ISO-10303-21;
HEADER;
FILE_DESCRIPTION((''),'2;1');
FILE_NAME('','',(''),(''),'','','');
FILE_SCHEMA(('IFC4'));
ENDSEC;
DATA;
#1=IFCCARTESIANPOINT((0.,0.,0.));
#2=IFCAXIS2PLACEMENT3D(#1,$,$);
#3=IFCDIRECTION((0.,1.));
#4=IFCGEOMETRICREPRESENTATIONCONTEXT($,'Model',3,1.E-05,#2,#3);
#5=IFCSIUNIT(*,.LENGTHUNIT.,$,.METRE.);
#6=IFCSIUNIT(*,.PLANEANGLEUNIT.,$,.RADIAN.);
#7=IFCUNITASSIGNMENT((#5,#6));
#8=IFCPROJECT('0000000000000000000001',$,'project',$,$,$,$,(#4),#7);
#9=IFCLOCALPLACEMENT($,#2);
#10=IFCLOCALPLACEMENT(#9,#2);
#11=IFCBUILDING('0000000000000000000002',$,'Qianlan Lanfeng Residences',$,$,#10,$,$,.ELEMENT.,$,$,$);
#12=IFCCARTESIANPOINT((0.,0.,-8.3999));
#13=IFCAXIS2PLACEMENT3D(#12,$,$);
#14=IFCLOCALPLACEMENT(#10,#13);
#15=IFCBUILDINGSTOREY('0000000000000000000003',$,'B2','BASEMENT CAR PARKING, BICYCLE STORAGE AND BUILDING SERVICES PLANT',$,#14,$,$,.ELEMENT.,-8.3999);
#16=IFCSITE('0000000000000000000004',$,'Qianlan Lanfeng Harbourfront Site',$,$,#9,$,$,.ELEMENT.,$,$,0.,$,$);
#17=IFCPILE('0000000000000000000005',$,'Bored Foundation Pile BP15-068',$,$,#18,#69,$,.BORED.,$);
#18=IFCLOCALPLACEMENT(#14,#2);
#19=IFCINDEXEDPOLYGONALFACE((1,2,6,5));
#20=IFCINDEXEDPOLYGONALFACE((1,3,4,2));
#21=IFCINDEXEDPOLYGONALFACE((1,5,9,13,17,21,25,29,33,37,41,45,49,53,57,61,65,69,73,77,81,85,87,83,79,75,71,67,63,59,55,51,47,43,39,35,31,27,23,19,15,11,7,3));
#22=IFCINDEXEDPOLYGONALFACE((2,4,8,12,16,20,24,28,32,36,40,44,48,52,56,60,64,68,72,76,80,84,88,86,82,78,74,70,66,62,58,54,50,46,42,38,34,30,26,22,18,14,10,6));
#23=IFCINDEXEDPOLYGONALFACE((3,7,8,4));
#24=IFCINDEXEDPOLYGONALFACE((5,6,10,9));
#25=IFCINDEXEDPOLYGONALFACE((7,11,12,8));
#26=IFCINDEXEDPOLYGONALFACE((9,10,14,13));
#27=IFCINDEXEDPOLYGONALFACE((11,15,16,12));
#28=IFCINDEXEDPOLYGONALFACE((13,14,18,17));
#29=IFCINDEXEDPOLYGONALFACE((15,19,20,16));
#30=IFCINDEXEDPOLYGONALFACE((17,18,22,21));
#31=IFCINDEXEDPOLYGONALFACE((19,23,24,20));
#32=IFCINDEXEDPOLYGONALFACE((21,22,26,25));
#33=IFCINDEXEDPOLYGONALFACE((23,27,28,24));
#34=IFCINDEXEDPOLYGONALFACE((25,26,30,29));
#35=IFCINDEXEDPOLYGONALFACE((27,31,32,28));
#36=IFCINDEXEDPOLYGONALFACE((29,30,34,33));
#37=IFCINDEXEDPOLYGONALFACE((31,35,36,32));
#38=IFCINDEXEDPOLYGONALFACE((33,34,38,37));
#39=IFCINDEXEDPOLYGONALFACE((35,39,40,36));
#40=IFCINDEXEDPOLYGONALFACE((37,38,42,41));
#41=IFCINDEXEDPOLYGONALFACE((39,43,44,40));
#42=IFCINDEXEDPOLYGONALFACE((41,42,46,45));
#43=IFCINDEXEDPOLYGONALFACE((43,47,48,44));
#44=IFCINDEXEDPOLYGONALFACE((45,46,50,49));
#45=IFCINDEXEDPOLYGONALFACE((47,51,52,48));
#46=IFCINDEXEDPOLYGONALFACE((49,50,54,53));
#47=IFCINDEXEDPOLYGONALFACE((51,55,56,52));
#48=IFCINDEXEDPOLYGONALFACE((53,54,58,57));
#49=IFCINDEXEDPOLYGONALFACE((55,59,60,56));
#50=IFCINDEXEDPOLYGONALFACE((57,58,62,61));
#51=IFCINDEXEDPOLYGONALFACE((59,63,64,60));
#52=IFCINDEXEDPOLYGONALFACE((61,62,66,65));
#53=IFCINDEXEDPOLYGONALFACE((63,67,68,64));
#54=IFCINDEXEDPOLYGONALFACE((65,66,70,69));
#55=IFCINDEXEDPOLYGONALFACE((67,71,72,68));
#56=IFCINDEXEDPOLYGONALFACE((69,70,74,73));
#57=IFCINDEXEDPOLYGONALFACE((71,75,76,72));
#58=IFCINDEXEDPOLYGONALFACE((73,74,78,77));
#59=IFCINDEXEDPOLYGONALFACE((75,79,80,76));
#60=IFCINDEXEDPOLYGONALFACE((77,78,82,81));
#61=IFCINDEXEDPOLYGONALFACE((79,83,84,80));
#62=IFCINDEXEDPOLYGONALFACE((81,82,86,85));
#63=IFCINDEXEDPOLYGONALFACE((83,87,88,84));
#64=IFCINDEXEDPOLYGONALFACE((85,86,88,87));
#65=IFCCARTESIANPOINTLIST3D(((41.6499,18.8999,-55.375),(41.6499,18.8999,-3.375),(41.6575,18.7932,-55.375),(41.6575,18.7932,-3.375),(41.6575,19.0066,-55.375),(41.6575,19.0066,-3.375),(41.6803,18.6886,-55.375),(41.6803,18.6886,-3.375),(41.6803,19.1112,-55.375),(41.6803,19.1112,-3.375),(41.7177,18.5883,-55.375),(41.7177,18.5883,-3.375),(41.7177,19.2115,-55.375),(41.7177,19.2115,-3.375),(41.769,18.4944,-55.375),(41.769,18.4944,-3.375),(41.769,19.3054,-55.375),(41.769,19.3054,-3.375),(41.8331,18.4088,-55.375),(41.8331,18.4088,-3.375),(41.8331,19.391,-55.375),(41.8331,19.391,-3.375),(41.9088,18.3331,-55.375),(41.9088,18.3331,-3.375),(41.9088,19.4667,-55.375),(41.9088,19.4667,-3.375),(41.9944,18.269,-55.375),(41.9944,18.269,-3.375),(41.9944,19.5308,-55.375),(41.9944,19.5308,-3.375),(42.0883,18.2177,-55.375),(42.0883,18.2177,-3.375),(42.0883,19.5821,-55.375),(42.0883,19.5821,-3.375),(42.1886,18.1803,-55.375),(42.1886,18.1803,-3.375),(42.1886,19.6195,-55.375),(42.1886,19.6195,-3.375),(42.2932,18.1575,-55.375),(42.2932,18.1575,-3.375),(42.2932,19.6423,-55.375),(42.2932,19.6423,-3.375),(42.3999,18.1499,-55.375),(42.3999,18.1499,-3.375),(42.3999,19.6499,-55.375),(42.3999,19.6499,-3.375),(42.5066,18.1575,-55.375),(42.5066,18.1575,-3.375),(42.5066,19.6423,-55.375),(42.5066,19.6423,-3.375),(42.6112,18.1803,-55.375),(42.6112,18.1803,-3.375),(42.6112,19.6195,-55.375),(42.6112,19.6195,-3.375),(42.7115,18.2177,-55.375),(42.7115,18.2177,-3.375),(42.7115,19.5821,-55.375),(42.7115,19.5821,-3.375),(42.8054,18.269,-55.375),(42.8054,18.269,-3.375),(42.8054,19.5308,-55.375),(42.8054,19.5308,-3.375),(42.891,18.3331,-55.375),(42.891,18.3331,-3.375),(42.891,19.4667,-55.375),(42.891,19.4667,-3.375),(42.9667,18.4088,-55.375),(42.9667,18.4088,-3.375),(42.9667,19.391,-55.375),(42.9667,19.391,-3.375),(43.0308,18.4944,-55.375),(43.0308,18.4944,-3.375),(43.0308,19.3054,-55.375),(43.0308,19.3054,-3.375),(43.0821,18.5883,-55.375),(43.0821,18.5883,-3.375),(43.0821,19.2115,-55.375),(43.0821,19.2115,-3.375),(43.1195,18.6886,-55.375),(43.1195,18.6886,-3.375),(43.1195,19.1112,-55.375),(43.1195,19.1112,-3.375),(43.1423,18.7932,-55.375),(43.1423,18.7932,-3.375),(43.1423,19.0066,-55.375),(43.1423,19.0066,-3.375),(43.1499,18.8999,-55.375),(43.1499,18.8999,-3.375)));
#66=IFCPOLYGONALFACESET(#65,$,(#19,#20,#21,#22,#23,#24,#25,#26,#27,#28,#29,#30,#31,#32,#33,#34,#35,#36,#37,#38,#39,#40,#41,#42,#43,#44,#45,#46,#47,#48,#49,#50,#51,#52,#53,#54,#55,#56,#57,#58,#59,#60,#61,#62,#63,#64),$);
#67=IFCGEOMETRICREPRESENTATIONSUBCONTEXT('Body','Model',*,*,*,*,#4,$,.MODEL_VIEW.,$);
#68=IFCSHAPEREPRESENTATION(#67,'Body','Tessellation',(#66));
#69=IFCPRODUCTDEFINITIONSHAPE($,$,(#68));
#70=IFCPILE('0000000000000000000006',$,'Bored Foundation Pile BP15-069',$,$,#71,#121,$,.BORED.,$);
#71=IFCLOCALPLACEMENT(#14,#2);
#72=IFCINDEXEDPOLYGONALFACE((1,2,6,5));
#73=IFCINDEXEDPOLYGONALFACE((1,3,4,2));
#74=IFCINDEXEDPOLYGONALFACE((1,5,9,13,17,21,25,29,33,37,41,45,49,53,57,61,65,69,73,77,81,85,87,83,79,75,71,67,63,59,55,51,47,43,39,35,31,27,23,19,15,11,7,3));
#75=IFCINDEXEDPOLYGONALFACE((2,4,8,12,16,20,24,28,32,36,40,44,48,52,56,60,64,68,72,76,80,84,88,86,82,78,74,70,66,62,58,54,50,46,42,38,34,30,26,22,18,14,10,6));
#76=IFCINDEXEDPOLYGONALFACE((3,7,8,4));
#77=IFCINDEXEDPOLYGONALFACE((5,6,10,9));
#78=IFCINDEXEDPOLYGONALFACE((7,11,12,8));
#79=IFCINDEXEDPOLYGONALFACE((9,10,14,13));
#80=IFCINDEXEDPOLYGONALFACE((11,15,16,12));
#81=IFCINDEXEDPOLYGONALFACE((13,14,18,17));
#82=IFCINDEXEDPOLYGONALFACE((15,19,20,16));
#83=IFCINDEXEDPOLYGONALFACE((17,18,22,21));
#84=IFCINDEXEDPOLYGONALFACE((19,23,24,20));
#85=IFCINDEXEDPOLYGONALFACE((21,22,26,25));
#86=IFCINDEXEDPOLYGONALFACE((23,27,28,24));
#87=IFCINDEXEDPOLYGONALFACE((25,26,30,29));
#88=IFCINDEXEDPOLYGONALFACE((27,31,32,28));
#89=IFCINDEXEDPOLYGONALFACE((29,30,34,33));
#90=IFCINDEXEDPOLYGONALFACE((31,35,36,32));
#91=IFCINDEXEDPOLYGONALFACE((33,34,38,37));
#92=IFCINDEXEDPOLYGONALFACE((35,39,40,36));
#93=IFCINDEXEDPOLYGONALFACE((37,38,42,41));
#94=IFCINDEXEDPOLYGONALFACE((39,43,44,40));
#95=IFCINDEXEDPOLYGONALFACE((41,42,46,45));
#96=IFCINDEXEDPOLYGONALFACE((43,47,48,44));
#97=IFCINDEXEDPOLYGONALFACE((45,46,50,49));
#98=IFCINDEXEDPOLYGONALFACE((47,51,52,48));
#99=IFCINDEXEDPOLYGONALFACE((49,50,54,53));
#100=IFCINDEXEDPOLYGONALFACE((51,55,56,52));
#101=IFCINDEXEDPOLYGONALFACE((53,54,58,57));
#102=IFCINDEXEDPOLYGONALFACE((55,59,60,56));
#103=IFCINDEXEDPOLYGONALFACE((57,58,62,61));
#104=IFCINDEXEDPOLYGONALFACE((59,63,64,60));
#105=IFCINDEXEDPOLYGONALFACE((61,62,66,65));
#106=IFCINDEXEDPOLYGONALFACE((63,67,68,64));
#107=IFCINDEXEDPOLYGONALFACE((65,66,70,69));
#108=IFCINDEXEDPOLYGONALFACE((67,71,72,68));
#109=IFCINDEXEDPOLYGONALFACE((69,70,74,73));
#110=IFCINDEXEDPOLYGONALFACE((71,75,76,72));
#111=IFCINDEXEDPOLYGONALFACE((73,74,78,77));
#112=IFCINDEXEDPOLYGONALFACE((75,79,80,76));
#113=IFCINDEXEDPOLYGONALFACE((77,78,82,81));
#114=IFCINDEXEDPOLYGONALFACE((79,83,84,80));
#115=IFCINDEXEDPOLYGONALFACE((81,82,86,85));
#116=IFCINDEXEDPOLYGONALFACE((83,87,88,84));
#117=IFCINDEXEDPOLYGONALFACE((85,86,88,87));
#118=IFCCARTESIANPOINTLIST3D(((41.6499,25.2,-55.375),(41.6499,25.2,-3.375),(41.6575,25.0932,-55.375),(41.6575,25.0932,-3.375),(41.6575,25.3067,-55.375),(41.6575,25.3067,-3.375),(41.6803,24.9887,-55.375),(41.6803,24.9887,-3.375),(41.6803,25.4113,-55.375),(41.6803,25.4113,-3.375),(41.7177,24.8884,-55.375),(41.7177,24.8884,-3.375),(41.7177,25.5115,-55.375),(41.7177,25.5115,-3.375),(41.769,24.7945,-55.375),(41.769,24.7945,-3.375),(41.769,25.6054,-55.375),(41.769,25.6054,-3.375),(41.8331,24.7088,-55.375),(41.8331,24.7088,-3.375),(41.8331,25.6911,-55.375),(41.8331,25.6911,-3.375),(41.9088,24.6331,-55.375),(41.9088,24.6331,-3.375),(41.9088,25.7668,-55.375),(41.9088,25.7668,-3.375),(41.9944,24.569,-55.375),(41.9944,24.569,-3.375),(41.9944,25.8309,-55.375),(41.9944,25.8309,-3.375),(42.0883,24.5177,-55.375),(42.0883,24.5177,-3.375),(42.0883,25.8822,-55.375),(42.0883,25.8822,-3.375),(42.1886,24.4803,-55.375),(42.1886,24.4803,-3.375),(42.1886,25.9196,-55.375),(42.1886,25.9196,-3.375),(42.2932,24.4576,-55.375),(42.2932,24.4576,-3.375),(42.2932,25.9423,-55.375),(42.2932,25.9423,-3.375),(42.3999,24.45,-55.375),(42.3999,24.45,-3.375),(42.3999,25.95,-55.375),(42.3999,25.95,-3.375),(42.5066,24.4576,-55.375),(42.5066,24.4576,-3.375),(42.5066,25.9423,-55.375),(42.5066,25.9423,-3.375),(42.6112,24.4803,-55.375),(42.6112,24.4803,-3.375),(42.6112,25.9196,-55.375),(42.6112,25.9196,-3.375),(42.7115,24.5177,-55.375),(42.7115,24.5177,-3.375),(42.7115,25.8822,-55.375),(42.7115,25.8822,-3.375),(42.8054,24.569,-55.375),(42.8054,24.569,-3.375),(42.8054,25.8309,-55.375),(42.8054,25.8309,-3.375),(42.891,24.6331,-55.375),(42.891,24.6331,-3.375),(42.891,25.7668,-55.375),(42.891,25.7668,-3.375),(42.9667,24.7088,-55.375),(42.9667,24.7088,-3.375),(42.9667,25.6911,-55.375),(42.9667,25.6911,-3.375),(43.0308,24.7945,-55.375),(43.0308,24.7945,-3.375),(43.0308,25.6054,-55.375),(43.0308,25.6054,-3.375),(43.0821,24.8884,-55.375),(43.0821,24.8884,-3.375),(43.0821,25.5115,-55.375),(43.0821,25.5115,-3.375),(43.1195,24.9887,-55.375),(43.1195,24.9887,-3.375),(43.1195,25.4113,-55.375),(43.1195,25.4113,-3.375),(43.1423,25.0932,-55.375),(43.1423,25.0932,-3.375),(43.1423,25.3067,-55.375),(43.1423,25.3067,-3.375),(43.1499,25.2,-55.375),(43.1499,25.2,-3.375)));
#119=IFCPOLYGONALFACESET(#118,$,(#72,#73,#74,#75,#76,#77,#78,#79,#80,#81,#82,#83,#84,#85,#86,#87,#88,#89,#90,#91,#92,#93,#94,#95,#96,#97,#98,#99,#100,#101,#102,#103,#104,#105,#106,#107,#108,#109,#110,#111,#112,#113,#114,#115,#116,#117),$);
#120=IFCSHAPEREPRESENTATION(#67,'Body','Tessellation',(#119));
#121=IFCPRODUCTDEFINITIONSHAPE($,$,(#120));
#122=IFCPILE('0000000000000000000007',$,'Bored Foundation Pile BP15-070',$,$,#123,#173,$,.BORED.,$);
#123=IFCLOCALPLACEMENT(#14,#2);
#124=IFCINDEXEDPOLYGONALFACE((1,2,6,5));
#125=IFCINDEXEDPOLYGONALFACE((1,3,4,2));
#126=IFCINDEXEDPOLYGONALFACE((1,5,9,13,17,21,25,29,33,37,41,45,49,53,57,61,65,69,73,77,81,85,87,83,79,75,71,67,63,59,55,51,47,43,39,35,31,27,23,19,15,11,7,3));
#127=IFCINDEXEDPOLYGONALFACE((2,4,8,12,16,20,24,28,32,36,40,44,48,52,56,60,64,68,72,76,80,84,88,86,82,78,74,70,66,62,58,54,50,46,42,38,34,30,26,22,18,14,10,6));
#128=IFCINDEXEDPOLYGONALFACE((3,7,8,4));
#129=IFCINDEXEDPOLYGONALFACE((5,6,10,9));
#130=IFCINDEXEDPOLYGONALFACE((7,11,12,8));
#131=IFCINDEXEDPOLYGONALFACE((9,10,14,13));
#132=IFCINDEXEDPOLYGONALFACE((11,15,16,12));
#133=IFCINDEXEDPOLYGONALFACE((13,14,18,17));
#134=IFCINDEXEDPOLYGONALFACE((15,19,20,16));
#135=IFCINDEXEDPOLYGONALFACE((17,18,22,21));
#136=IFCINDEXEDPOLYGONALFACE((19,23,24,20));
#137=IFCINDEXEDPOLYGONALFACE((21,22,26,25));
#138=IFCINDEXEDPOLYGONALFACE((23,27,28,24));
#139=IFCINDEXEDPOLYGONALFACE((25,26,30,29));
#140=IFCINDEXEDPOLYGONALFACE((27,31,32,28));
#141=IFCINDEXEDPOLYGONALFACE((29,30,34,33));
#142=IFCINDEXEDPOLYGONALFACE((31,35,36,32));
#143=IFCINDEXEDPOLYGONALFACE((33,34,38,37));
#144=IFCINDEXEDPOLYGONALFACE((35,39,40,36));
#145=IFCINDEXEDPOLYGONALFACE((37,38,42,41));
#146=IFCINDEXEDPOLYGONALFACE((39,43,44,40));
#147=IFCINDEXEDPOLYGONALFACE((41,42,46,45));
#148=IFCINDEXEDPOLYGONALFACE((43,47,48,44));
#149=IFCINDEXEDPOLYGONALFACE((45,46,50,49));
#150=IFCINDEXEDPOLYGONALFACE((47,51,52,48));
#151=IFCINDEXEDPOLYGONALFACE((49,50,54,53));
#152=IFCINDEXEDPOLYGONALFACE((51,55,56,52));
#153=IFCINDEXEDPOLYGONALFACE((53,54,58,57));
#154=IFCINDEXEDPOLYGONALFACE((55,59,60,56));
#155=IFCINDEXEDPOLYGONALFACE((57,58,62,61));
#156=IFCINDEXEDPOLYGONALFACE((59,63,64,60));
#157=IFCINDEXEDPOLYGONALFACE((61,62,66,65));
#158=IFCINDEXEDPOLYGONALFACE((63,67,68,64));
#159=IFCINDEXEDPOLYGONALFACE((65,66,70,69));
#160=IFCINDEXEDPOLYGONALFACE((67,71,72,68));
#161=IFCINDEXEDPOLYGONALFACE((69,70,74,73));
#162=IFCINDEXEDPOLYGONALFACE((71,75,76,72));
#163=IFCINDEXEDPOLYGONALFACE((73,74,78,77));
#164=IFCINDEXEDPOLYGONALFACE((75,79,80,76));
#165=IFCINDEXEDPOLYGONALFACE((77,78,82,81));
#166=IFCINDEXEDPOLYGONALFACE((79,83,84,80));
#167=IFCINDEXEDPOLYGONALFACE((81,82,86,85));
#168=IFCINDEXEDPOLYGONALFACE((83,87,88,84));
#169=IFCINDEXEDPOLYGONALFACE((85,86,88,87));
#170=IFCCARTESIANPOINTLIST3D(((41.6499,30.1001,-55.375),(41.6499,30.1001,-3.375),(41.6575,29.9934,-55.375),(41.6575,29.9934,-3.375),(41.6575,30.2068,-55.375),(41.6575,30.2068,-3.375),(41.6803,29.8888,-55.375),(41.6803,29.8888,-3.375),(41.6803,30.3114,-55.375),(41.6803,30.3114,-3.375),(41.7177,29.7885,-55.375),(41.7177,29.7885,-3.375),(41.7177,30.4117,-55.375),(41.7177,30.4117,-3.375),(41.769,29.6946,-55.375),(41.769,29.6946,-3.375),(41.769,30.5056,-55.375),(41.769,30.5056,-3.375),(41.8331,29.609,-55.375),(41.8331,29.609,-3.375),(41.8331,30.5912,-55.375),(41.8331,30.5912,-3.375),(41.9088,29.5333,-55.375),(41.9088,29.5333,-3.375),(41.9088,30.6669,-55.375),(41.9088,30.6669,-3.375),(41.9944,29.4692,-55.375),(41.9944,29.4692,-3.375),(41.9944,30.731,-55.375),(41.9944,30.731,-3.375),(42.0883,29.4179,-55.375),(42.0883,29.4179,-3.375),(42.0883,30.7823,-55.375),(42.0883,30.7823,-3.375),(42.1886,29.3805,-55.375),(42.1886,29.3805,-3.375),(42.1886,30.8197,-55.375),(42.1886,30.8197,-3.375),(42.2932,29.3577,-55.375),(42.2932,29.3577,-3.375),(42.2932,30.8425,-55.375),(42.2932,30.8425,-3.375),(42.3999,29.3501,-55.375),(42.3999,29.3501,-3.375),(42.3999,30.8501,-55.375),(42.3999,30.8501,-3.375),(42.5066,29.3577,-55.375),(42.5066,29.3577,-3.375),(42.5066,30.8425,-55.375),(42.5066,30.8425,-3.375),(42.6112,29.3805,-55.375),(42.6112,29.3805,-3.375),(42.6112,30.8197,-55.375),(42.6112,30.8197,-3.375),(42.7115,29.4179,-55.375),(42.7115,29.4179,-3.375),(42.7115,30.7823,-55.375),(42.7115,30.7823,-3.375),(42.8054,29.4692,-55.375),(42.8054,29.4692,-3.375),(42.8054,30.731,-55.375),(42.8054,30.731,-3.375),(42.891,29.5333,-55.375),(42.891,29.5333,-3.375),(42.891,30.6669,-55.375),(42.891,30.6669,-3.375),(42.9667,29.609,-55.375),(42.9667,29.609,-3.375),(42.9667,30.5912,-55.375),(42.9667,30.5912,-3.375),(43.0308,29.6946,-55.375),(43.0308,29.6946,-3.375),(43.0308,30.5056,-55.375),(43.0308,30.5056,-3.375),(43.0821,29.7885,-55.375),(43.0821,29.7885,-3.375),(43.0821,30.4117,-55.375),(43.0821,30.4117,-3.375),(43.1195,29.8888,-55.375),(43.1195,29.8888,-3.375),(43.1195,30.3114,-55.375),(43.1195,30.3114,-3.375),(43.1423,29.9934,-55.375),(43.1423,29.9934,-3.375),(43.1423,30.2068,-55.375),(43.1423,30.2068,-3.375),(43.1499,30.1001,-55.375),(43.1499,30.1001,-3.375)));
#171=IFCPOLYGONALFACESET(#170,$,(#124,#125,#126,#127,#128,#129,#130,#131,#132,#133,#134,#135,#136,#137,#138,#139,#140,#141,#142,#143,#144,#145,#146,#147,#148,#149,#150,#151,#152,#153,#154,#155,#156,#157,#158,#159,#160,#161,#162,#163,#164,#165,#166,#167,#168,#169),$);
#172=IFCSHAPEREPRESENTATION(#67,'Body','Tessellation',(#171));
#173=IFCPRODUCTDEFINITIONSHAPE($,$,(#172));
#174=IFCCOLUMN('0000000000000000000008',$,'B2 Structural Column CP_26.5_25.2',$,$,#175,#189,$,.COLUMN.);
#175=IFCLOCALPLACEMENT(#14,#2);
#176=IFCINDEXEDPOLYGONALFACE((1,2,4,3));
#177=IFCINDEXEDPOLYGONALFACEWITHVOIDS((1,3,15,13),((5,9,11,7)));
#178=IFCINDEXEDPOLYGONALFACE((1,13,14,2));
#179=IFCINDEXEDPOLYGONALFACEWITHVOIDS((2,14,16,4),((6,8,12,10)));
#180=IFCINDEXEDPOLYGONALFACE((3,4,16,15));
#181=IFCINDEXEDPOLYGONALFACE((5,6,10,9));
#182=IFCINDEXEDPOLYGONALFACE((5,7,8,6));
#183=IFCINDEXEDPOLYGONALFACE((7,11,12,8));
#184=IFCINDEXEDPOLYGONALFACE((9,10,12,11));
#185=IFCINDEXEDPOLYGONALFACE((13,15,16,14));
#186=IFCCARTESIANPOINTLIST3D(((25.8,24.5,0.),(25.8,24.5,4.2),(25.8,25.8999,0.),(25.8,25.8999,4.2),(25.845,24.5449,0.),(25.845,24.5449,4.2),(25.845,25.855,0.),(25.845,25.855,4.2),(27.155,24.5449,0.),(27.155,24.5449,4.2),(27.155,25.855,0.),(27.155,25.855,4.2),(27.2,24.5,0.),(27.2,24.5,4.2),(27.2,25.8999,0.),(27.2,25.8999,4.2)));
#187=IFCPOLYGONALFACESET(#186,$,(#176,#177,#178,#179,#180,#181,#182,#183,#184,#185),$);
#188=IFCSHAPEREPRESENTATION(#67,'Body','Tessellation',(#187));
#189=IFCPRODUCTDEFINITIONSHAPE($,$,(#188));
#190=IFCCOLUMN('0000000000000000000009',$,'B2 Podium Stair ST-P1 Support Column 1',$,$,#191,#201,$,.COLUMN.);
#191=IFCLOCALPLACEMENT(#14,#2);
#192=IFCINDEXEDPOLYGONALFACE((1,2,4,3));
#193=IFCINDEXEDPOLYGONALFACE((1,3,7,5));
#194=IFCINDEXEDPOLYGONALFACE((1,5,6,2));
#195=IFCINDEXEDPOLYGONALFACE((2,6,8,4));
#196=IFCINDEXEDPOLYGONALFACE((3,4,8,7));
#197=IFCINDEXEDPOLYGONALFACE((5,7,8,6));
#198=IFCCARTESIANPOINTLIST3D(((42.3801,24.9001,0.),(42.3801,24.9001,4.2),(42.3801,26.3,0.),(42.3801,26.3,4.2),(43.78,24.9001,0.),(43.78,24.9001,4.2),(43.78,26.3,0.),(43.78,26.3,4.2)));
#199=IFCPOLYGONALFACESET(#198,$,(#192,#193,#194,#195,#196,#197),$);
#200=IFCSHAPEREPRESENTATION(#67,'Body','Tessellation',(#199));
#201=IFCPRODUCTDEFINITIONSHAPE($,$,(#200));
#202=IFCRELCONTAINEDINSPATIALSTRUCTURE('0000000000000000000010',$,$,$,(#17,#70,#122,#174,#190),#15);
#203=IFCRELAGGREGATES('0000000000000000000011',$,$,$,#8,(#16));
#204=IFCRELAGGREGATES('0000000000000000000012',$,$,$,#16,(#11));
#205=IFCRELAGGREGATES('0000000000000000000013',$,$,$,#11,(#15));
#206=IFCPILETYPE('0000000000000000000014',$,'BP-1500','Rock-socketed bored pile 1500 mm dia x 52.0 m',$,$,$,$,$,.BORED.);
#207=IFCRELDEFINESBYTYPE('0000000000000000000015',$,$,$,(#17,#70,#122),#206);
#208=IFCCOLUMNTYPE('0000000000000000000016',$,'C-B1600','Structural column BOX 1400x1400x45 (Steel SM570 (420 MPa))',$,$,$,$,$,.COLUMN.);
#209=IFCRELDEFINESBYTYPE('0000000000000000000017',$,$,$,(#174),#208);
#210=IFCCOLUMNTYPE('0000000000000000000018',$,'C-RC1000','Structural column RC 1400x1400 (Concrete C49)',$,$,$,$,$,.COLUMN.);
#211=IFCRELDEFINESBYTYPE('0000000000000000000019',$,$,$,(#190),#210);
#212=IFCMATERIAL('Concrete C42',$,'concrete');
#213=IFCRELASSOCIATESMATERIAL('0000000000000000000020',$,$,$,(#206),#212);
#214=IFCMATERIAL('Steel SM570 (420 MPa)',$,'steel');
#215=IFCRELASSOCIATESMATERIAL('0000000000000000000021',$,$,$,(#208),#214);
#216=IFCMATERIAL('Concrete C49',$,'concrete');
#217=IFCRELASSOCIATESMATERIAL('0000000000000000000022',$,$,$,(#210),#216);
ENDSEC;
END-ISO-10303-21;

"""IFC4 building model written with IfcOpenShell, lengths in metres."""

from ifc_helpers import new_model, si_unit, direction, frame, origin, origin_2d, place, context, subcontext, project, spatial, rectangle, hollow_rectangle, circle, extrude, material, material_profile, profile_set, type_object, element, save


model = new_model("IFC4")

# Units and contexts
model_context = context("Model", 3, precision=1e-05, world=origin(), true_north=direction((0.0, 1.0)))
body_context = subcontext(model_context, "Body", "Model", "MODEL_VIEW")
ifc_project = project(units=[si_unit("LENGTHUNIT", "METRE"), si_unit("PLANEANGLEUNIT", "RADIAN")], contexts=[model_context])

# Site, building, storey
site_placement = place(None, origin())
site = spatial("IfcSite", under=ifc_project, at=site_placement, Name="Qianlan Lanfeng Harbourfront Site", CompositionType="ELEMENT", RefElevation=0.0)
building_placement = place(site_placement, origin())
building = spatial("IfcBuilding", under=site, at=building_placement, Name="Qianlan Lanfeng Residences", CompositionType="ELEMENT")
storey_placement = place(building_placement, frame((0.0, 0.0, -8.3999)))
storey = spatial("IfcBuildingStorey", under=building, at=storey_placement, Name="B2", Description="BASEMENT CAR PARKING, BICYCLE STORAGE AND BUILDING SERVICES PLANT", CompositionType="ELEMENT", Elevation=-8.3999)

# Piles
ifc_material_1 = material(Name="Concrete C42", Category="concrete")
ifc_material_profile_1 = material_profile(ifc_material_1, circle(Radius=0.75, at=origin_2d()), Name="PILE D1500")
ifc_profile_set_1 = profile_set([ifc_material_profile_1], Name="Concrete C42")
pile_type = type_object("IfcPileType", Name="BP-1500", Description="Rock-socketed bored pile 1500 mm dia x 52.0 m", PredefinedType="BORED", material=ifc_profile_set_1)
for number, where, z_axis, x_axis, name in (
    (1, (42.3999, 18.8999, -3.375), (0.0, 0.0, -1.0), (1.0, 0.0, 0.0), "Bored Foundation Pile BP15-068"),
    (2, (42.3999, 25.2, -3.375), (0.0, 0.0, -1.0), (1.0, 0.0, 0.0), "Bored Foundation Pile BP15-069"),
    (3, (42.3999, 30.1001, -3.375), (0.0, 0.0, -1.0), (1.0, 0.0, 0.0), "Bored Foundation Pile BP15-070"),
):
    element("IfcPile", number, at=place(storey_placement, frame(where, z_axis=z_axis, x_axis=x_axis)), inside=storey, type_object=pile_type, Name=name, PredefinedType="BORED", context=body_context, shape_type="SweptSolid", body=[
        extrude(circle(Radius=0.75, at=origin_2d()), origin(), (0.0, 0.0, 1.0), 52.0),
    ])

# Columns
ifc_material_2 = material(Name="Steel SM570 (420 MPa)", Category="steel")
ifc_material_profile_2 = material_profile(ifc_material_2, hollow_rectangle(XDim=1.3999, YDim=1.3999, WallThickness=0.0449, at=origin_2d()), Name="BOX 1400x1400x45")
ifc_profile_set_2 = profile_set([ifc_material_profile_2], Name="Steel SM570 (420 MPa)")
column_type_1 = type_object("IfcColumnType", Name="C-B1600", Description="Structural column BOX 1400x1400x45 (Steel SM570 (420 MPa))", PredefinedType="COLUMN", material=ifc_profile_set_2)
column_1_placement = place(storey_placement, frame((26.5, 25.2, 0.0), z_axis=(0.0, 0.0, 1.0), x_axis=(1.0, 0.0, 0.0)))
element("IfcColumn", 4, at=column_1_placement, inside=storey, type_object=column_type_1, Name="B2 Structural Column CP_26.5_25.2", PredefinedType="COLUMN", context=body_context, shape_type="SweptSolid", body=[
    extrude(hollow_rectangle(XDim=1.3999, YDim=1.3999, WallThickness=0.0449, at=origin_2d()), origin(), (0.0, 0.0, 1.0), 4.2),
])
ifc_material_3 = material(Name="Concrete C49", Category="concrete")
ifc_material_profile_3 = material_profile(ifc_material_3, rectangle(XDim=1.3999, YDim=1.3999, at=origin_2d()), Name="RC 1400x1400")
ifc_profile_set_3 = profile_set([ifc_material_profile_3], Name="Concrete C49")
column_type_2 = type_object("IfcColumnType", Name="C-RC1000", Description="Structural column RC 1400x1400 (Concrete C49)", PredefinedType="COLUMN", material=ifc_profile_set_3)
column_2_placement = place(storey_placement, frame((43.0801, 25.6001, 0.0), z_axis=(0.0, 0.0, 1.0), x_axis=(1.0, 0.0, 0.0)))
element("IfcColumn", 5, at=column_2_placement, inside=storey, type_object=column_type_2, Name="B2 Podium Stair ST-P1 Support Column 1", PredefinedType="COLUMN", context=body_context, shape_type="SweptSolid", body=[
    extrude(rectangle(XDim=1.3999, YDim=1.3999, at=origin_2d()), origin(), (0.0, 0.0, 1.0), 4.2),
])

save(model, "model.ifc")
